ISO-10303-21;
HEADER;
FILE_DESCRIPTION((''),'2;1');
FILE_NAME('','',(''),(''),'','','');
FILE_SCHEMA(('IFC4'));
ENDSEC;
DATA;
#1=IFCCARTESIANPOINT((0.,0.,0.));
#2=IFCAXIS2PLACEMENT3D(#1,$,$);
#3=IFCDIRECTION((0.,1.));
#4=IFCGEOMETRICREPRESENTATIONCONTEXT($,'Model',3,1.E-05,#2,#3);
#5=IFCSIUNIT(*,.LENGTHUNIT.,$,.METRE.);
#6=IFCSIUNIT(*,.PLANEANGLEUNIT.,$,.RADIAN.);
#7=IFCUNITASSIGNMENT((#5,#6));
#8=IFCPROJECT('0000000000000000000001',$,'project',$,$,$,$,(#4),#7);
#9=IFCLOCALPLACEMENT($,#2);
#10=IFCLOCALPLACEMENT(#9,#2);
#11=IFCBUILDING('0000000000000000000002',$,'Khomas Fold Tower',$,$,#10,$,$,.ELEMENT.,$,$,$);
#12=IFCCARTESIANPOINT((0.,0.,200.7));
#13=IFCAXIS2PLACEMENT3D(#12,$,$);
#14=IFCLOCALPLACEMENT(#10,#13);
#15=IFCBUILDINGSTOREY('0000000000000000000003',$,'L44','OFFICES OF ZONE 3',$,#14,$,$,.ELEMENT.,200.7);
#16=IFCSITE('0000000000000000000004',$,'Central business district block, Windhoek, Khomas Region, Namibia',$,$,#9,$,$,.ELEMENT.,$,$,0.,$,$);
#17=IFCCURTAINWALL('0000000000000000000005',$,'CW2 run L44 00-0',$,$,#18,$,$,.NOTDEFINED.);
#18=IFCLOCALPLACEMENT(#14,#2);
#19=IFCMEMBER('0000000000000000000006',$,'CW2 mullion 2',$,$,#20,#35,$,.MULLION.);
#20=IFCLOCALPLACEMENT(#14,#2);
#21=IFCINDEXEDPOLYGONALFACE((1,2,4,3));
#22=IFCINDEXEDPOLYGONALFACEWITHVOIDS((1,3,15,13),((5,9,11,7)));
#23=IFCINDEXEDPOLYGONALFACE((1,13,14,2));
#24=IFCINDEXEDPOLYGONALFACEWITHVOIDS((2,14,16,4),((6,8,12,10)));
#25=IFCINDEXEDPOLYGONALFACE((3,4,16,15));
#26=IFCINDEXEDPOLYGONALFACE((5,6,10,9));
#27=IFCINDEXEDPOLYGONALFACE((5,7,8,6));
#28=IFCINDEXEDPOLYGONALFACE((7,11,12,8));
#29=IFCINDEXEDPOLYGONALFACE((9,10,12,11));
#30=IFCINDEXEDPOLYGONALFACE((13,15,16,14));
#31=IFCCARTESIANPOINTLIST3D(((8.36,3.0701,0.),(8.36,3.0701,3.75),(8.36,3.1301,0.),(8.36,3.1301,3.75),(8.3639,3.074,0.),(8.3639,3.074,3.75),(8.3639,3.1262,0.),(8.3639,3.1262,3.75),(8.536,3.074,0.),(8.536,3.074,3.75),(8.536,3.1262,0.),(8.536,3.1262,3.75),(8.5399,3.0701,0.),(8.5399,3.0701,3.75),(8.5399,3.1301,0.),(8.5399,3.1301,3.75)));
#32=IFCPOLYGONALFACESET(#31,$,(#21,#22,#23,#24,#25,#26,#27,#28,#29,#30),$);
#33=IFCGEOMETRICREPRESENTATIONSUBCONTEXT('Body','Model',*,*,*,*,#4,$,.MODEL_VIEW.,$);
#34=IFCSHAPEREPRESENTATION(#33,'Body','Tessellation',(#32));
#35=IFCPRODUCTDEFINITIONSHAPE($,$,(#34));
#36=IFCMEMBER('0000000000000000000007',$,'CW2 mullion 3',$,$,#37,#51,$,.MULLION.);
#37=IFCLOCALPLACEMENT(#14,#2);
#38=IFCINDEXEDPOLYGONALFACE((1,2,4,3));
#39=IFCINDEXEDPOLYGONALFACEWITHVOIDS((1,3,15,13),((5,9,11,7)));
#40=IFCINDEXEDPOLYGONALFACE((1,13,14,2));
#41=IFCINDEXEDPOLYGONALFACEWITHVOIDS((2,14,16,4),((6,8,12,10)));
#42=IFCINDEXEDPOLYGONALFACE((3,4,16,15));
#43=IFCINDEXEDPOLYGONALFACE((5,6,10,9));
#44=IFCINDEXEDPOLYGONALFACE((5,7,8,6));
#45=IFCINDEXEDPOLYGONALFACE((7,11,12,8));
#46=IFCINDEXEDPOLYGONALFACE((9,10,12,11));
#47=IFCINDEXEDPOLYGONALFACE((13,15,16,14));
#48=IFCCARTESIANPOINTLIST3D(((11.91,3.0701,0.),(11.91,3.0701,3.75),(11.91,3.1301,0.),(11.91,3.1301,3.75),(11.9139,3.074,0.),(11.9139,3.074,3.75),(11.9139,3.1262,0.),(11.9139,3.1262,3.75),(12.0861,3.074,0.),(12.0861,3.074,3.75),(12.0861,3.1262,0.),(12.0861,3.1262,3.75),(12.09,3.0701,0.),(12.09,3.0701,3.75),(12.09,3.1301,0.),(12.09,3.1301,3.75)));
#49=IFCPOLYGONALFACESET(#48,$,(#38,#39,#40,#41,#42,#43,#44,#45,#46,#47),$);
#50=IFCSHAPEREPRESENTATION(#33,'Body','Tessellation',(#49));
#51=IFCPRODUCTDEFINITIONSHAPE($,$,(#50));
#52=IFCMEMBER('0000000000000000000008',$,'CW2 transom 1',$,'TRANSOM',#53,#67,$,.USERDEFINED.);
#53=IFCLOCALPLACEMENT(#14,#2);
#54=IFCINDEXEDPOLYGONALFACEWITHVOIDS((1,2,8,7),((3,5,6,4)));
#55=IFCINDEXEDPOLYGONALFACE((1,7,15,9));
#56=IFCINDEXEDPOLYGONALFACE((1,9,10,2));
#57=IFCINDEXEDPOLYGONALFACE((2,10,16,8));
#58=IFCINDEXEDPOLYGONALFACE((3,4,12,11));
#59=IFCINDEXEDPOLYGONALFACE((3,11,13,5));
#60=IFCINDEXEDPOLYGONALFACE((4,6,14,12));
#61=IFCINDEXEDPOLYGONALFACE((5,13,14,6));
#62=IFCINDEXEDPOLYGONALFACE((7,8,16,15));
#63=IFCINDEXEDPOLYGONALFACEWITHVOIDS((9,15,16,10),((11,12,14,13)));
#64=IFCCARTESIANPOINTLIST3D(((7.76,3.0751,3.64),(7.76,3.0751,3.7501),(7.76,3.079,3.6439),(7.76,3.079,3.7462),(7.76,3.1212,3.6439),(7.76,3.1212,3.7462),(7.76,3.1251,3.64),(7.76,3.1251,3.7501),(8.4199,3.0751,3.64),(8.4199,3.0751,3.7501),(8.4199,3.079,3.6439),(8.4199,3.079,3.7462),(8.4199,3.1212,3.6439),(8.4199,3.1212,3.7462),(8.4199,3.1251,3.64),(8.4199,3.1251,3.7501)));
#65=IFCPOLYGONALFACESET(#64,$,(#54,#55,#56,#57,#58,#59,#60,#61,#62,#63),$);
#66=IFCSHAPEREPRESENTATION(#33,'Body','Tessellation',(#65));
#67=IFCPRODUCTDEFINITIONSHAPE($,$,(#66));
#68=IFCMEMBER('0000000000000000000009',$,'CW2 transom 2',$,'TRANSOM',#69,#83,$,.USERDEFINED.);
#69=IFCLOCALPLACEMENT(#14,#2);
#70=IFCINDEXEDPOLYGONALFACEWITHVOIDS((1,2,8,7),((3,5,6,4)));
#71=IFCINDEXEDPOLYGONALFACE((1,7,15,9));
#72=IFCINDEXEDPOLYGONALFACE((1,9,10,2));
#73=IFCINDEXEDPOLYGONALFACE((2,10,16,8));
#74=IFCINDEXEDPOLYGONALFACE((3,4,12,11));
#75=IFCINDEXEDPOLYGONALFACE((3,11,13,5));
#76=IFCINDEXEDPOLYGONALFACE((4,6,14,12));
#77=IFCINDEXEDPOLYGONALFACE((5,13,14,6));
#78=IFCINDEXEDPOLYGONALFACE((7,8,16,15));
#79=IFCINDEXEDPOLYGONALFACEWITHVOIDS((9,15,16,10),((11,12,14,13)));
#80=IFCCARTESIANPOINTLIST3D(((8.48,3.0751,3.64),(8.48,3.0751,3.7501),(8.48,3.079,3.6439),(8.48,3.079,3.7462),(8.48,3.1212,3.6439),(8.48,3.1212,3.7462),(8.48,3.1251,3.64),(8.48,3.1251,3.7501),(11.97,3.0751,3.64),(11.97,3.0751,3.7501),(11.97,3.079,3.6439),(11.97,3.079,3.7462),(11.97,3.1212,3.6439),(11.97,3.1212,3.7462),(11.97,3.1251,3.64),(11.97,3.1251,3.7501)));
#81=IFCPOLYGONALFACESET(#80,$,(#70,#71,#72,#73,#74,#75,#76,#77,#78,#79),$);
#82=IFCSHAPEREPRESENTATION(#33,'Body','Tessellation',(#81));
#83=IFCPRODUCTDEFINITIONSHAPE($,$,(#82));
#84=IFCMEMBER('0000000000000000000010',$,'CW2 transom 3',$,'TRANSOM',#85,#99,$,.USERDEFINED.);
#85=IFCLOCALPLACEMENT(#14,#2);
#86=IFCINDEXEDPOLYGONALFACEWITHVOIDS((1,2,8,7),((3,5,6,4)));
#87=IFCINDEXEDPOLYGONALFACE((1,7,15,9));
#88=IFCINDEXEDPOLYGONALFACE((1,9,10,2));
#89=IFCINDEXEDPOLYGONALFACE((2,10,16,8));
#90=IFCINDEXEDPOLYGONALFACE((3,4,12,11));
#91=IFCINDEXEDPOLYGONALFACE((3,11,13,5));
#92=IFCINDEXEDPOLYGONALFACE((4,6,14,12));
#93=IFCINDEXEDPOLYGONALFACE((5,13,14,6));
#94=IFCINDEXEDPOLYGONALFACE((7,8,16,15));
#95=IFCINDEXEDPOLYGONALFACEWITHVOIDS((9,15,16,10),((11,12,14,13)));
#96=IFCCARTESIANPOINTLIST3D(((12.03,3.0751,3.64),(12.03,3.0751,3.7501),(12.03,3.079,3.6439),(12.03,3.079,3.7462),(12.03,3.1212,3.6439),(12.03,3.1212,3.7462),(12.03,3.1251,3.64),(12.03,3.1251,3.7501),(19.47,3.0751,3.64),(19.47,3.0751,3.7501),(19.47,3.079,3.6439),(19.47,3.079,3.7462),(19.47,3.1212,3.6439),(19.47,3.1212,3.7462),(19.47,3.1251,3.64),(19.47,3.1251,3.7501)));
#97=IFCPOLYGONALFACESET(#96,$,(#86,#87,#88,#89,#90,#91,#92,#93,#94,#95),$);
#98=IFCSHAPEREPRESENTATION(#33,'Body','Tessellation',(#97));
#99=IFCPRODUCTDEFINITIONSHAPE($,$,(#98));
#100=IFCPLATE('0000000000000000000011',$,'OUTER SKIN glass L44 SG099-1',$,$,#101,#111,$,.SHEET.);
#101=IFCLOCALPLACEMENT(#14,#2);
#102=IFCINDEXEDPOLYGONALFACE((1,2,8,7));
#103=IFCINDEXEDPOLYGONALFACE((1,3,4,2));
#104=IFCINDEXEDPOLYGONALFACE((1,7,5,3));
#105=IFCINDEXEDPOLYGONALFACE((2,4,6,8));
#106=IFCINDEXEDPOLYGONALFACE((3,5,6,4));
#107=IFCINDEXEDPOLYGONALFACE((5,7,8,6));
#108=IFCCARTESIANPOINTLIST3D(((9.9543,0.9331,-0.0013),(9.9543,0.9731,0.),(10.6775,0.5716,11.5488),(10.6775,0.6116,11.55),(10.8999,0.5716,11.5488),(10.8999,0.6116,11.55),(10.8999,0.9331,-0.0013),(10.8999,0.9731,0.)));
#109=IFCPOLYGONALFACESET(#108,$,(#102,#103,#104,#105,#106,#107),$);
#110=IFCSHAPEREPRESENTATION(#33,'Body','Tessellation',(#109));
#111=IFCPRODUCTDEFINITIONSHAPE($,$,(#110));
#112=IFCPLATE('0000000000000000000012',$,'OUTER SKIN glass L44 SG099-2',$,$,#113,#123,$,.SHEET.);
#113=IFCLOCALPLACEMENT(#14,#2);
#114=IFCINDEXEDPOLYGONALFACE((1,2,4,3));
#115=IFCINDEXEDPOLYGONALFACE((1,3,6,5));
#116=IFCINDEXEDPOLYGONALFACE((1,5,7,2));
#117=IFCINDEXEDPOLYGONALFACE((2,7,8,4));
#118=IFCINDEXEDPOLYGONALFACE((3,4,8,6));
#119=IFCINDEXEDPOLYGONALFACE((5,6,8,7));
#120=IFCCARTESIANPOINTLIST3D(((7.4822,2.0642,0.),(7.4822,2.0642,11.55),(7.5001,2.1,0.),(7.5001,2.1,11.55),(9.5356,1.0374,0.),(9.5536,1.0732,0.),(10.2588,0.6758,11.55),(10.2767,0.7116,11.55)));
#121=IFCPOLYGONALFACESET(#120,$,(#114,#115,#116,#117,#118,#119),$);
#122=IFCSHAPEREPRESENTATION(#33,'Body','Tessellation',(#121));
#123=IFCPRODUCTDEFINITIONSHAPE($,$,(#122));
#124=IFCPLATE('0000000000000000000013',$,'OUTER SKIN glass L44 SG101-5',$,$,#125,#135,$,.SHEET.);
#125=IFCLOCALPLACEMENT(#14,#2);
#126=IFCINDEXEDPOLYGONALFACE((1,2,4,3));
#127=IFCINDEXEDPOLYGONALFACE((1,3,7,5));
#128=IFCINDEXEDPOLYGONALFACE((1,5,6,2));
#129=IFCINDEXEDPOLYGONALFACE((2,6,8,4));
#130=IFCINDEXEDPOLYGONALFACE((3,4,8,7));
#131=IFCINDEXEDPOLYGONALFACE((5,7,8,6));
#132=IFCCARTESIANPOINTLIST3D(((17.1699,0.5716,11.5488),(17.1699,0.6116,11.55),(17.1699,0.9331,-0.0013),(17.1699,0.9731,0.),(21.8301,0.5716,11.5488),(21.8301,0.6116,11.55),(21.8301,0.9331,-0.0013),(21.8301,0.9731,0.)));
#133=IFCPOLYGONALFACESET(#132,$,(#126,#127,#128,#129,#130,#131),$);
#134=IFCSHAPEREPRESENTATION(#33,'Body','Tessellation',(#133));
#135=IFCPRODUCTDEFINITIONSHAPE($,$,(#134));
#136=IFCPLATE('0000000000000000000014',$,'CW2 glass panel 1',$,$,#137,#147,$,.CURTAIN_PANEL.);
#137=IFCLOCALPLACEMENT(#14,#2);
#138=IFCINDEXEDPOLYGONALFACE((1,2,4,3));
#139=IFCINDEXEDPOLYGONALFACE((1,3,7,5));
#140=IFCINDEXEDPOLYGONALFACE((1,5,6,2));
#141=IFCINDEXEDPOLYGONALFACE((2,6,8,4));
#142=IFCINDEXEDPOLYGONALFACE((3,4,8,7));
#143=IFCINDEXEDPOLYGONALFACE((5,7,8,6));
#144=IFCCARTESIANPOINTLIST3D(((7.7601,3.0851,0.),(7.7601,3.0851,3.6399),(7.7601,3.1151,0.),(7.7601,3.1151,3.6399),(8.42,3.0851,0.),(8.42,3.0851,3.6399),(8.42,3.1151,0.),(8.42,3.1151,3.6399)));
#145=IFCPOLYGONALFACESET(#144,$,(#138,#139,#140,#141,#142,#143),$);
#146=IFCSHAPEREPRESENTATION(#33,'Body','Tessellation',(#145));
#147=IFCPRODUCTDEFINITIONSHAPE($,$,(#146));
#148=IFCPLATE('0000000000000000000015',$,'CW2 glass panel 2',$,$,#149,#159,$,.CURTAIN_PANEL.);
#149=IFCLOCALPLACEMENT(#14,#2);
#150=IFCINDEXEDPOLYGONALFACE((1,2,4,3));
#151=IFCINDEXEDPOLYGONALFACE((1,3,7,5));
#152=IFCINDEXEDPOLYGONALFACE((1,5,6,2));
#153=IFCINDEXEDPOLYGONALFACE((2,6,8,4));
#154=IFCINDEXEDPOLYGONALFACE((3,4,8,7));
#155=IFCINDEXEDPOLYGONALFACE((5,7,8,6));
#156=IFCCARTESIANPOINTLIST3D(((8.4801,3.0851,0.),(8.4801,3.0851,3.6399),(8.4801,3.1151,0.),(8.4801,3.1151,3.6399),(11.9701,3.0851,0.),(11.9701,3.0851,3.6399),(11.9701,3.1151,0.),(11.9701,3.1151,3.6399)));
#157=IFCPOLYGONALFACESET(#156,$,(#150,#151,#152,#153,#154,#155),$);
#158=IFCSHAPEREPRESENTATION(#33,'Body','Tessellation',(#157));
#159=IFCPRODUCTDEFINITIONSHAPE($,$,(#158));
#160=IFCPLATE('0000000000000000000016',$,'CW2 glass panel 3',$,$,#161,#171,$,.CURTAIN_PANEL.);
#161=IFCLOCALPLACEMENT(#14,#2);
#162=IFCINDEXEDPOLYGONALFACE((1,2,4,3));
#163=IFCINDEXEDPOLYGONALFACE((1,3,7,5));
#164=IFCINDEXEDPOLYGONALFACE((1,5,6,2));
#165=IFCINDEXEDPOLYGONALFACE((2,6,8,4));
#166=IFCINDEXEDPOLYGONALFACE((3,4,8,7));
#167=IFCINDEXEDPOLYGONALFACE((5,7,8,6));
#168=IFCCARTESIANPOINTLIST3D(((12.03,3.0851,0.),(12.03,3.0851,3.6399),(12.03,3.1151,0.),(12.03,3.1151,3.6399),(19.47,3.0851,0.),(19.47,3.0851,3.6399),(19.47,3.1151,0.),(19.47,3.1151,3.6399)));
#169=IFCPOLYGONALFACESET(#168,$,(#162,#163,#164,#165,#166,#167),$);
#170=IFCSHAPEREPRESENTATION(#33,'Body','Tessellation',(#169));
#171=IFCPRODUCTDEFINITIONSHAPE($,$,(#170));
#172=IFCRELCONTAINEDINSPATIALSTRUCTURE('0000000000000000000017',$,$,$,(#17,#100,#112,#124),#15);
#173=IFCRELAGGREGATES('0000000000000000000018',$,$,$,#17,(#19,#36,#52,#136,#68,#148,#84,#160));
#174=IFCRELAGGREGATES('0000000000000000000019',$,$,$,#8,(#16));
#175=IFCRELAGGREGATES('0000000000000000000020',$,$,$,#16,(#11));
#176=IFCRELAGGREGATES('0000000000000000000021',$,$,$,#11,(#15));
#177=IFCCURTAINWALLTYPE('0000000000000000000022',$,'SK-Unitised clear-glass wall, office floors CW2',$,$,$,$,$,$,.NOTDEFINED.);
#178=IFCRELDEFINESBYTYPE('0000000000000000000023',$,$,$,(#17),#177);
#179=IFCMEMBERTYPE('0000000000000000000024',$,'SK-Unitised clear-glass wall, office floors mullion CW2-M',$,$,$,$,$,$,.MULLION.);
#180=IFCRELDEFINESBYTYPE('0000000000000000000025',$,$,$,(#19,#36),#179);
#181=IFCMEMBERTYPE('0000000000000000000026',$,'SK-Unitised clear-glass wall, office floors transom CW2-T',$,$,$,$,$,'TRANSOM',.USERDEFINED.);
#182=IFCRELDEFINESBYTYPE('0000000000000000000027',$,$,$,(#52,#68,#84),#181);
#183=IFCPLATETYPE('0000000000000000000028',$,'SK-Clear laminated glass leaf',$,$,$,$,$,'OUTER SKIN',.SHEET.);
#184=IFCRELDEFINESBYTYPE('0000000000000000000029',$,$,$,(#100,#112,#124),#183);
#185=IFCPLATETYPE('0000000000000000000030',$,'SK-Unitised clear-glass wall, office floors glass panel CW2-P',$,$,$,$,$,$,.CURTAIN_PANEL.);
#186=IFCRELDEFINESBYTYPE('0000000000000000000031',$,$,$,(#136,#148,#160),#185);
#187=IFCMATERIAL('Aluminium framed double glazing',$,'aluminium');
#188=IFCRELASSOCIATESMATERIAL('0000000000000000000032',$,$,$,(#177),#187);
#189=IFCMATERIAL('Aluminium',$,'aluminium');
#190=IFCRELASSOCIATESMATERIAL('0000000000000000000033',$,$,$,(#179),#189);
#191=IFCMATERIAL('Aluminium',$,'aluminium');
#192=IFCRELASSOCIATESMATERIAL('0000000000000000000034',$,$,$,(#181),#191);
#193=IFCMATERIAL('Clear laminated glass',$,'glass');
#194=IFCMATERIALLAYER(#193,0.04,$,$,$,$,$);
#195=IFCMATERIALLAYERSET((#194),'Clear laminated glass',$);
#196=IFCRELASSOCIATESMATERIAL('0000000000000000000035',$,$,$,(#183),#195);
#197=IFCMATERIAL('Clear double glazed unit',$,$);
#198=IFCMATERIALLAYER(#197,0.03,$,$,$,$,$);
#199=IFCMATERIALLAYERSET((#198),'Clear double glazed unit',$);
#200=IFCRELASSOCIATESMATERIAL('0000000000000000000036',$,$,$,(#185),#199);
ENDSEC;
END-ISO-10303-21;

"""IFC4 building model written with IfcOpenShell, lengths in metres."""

from ifc_helpers import new_model, si_unit, direction, frame, origin, origin_2d, place, context, subcontext, project, spatial, polyline, rectangle, hollow_rectangle, outline, extrude, source, transform, mapped, material, layer, layer_set, material_profile, profile_set, type_object, element, aggregate, save


model = new_model("IFC4")

# Units and contexts
model_context = context("Model", 3, precision=1e-05, world=origin(), true_north=direction((0.0, 1.0)))
body_context = subcontext(model_context, "Body", "Model", "MODEL_VIEW")
ifc_project = project(units=[si_unit("LENGTHUNIT", "METRE"), si_unit("PLANEANGLEUNIT", "RADIAN")], contexts=[model_context])

# Site, building, storey
site_placement = place(None, origin())
site = spatial("IfcSite", under=ifc_project, at=site_placement, Name="Central business district block, Windhoek, Khomas Region, Namibia", CompositionType="ELEMENT", RefElevation=0.0)
building_placement = place(site_placement, origin())
building = spatial("IfcBuilding", under=site, at=building_placement, Name="Khomas Fold Tower", CompositionType="ELEMENT")
storey_placement = place(building_placement, frame((0.0, 0.0, 200.7)))
storey = spatial("IfcBuildingStorey", under=building, at=storey_placement, Name="L44", Description="OFFICES OF ZONE 3", CompositionType="ELEMENT", Elevation=200.7)

# Curtain wall, members
ifc_material_1 = material(Name="Aluminium framed double glazing", Category="aluminium")
curtain_wall_type = type_object("IfcCurtainWallType", Name="SK-Unitised clear-glass wall, office floors CW2", PredefinedType="NOTDEFINED", material=ifc_material_1)
curtain_wall_placement = place(storey_placement, origin())
curtain_wall = element("IfcCurtainWall", 1, at=curtain_wall_placement, inside=storey, type_object=curtain_wall_type, Name="CW2 run L44 00-0", PredefinedType="NOTDEFINED")
ifc_material_2 = material(Name="Aluminium", Category="aluminium")
ifc_material_profile_1 = material_profile(ifc_material_2, hollow_rectangle(XDim=0.0601, YDim=0.1799, WallThickness=0.0039, at=origin_2d()), Name="SK-Unitised clear-glass wall, office floors mullion CW2-M")
ifc_profile_set_1 = profile_set([ifc_material_profile_1], Name="Aluminium")
member_type_1 = type_object("IfcMemberType", Name="SK-Unitised clear-glass wall, office floors mullion CW2-M", PredefinedType="MULLION", material=ifc_profile_set_1)
shared_shape_1 = source(origin(), body_context, "Body", "SweptSolid", [
    extrude(hollow_rectangle(XDim=0.0601, YDim=0.1799, WallThickness=0.0039, at=origin_2d()), origin(), (0.0, 0.0, 1.0), 3.75),
])
member_1_placement = place(storey_placement, frame((8.45, 3.1001, 0.0), z_axis=(0.0, 0.0, 1.0), x_axis=(0.0, 1.0, 0.0)))
member_1 = element("IfcMember", 2, at=member_1_placement, type_object=member_type_1, Name="CW2 mullion 2", PredefinedType="MULLION", context=body_context, shape_type="MappedRepresentation", body=[
    mapped(shared_shape_1, transform((0.0, 0.0, 0.0))),
])
member_2_placement = place(storey_placement, frame((12.0, 3.1001, 0.0), z_axis=(0.0, 0.0, 1.0), x_axis=(0.0, 1.0, 0.0)))
member_2 = element("IfcMember", 3, at=member_2_placement, type_object=member_type_1, Name="CW2 mullion 3", PredefinedType="MULLION", context=body_context, shape_type="MappedRepresentation", body=[
    mapped(shared_shape_1, transform((0.0, 0.0, 0.0))),
])
ifc_material_3 = material(Name="Aluminium", Category="aluminium")
ifc_material_profile_2 = material_profile(ifc_material_3, hollow_rectangle(XDim=0.05, YDim=0.1101, WallThickness=0.0039, at=origin_2d()), Name="SK-Unitised clear-glass wall, office floors transom CW2-T")
ifc_profile_set_2 = profile_set([ifc_material_profile_2], Name="Aluminium")
member_type_2 = type_object("IfcMemberType", Name="SK-Unitised clear-glass wall, office floors transom CW2-T", ElementType="TRANSOM", PredefinedType="USERDEFINED", material=ifc_profile_set_2)
shared_shape_2 = source(origin(), body_context, "Body", "SweptSolid", [
    extrude(hollow_rectangle(XDim=0.05, YDim=0.1101, WallThickness=0.0039, at=origin_2d()), origin(), (0.0, 0.0, 1.0), 0.6599),
])
member_3_placement = place(storey_placement, frame((7.76, 3.1001, 3.6951), z_axis=(1.0, 0.0, 0.0), x_axis=(0.0, 1.0, 0.0)))
member_3 = element("IfcMember", 4, at=member_3_placement, type_object=member_type_2, Name="CW2 transom 1", ObjectType="TRANSOM", PredefinedType="USERDEFINED", context=body_context, shape_type="MappedRepresentation", body=[
    mapped(shared_shape_2, transform((0.0, 0.0, 0.0))),
])
shared_shape_3 = source(origin(), body_context, "Body", "SweptSolid", [
    extrude(hollow_rectangle(XDim=0.05, YDim=0.1101, WallThickness=0.0039, at=origin_2d()), origin(), (0.0, 0.0, 1.0), 3.49),
])
member_4_placement = place(storey_placement, frame((8.48, 3.1001, 3.6951), z_axis=(1.0, 0.0, 0.0), x_axis=(0.0, 1.0, 0.0)))
member_4 = element("IfcMember", 5, at=member_4_placement, type_object=member_type_2, Name="CW2 transom 2", ObjectType="TRANSOM", PredefinedType="USERDEFINED", context=body_context, shape_type="MappedRepresentation", body=[
    mapped(shared_shape_3, transform((0.0, 0.0, 0.0))),
])
shared_shape_4 = source(origin(), body_context, "Body", "SweptSolid", [
    extrude(hollow_rectangle(XDim=0.05, YDim=0.1101, WallThickness=0.0039, at=origin_2d()), origin(), (0.0, 0.0, 1.0), 7.4399),
])
member_5_placement = place(storey_placement, frame((12.03, 3.1001, 3.6951), z_axis=(1.0, 0.0, 0.0), x_axis=(0.0, 1.0, 0.0)))
member_5 = element("IfcMember", 6, at=member_5_placement, type_object=member_type_2, Name="CW2 transom 3", ObjectType="TRANSOM", PredefinedType="USERDEFINED", context=body_context, shape_type="MappedRepresentation", body=[
    mapped(shared_shape_4, transform((0.0, 0.0, 0.0))),
])

# Plates
ifc_material_4 = material(Name="Clear laminated glass", Category="glass")
ifc_layer_1 = layer(ifc_material_4, 0.04)
ifc_layer_set_1 = layer_set([ifc_layer_1], Name="Clear laminated glass")
plate_type_1 = type_object("IfcPlateType", Name="SK-Clear laminated glass leaf", ElementType="OUTER SKIN", PredefinedType="SHEET", material=ifc_layer_set_1)
plate_1_placement = place(storey_placement, frame((10.8999, 0.9731, 0.0), z_axis=(0.0, 0.99951, 0.031289), x_axis=(-1.0, 0.0, 0.0)))
element("IfcPlate", 7, at=plate_1_placement, inside=storey, type_object=plate_type_1, Name="OUTER SKIN glass L44 SG099-1", PredefinedType="SHEET", context=body_context, shape_type="SweptSolid", body=[
    extrude(outline(polyline([(0.0, 0.0), (0.9456, 0.0), (0.2224, 11.5557), (0.0, 11.5557), (0.0, 0.0)])), origin(), (0.0, 0.0, -1.0), 0.04),
])
plate_2_placement = place(storey_placement, frame((9.5356, 1.0374, 0.0), z_axis=(-0.44725, -0.894409, 0.000001), x_axis=(-0.894409, 0.44725, 0.0)))
element("IfcPlate", 8, at=plate_2_placement, inside=storey, type_object=plate_type_1, Name="OUTER SKIN glass L44 SG099-2", PredefinedType="SHEET", context=body_context, shape_type="SweptSolid", body=[
    extrude(outline(polyline([(0.0, 0.0), (2.2959, 0.0), (2.2959, -11.55), (-0.8085, -11.55), (0.0, 0.0)])), origin(), (0.0, 0.0, -1.0), 0.04),
])
plate_3_placement = place(storey_placement, frame((17.1699, 0.9731, 0.0), z_axis=(0.0, 0.99951, 0.031289), x_axis=(0.0, -0.031289, 0.99951)))
element("IfcPlate", 9, at=plate_3_placement, inside=storey, type_object=plate_type_1, Name="OUTER SKIN glass L44 SG101-5", PredefinedType="SHEET", context=body_context, shape_type="SweptSolid", body=[
    extrude(outline(polyline([(0.0, 0.0), (11.5557, 0.0), (11.5557, 4.6602), (0.0, 4.6602), (0.0, 0.0)])), origin(), (0.0, 0.0, -1.0), 0.04),
])

# Plates
ifc_material_5 = material(Name="Clear double glazed unit")
ifc_layer_2 = layer(ifc_material_5, 0.03)
ifc_layer_set_2 = layer_set([ifc_layer_2], Name="Clear double glazed unit")
plate_type_2 = type_object("IfcPlateType", Name="SK-Unitised clear-glass wall, office floors glass panel CW2-P", PredefinedType="CURTAIN_PANEL", material=ifc_layer_set_2)
shared_shape_5 = source(origin(), body_context, "Body", "SweptSolid", [
    extrude(rectangle(XDim=0.6599, YDim=0.03, at=origin_2d()), origin(), (0.0, 0.0, 1.0), 3.6399),
])
plate_4_placement = place(storey_placement, frame((8.0901, 3.1001, 0.0), z_axis=(0.0, 0.0, 1.0), x_axis=(1.0, 0.0, 0.0)))
plate_4 = element("IfcPlate", 10, at=plate_4_placement, type_object=plate_type_2, Name="CW2 glass panel 1", PredefinedType="CURTAIN_PANEL", context=body_context, shape_type="MappedRepresentation", body=[
    mapped(shared_shape_5, transform((0.0, 0.0, 0.0))),
])
shared_shape_6 = source(origin(), body_context, "Body", "SweptSolid", [
    extrude(rectangle(XDim=3.49, YDim=0.03, at=origin_2d()), origin(), (0.0, 0.0, 1.0), 3.6399),
])
plate_5_placement = place(storey_placement, frame((10.2251, 3.1001, 0.0), z_axis=(0.0, 0.0, 1.0), x_axis=(1.0, 0.0, 0.0)))
plate_5 = element("IfcPlate", 11, at=plate_5_placement, type_object=plate_type_2, Name="CW2 glass panel 2", PredefinedType="CURTAIN_PANEL", context=body_context, shape_type="MappedRepresentation", body=[
    mapped(shared_shape_6, transform((0.0, 0.0, 0.0))),
])
shared_shape_7 = source(origin(), body_context, "Body", "SweptSolid", [
    extrude(rectangle(XDim=7.4399, YDim=0.03, at=origin_2d()), origin(), (0.0, 0.0, 1.0), 3.6399),
])
plate_6_placement = place(storey_placement, frame((15.75, 3.1001, 0.0), z_axis=(0.0, 0.0, 1.0), x_axis=(1.0, 0.0, 0.0)))
plate_6 = element("IfcPlate", 12, at=plate_6_placement, type_object=plate_type_2, Name="CW2 glass panel 3", PredefinedType="CURTAIN_PANEL", context=body_context, shape_type="MappedRepresentation", body=[
    mapped(shared_shape_7, transform((0.0, 0.0, 0.0))),
])
aggregate(curtain_wall, [member_1, member_2, member_3, plate_4, member_4, plate_5, member_5, plate_6])

save(model, "model.ifc")
